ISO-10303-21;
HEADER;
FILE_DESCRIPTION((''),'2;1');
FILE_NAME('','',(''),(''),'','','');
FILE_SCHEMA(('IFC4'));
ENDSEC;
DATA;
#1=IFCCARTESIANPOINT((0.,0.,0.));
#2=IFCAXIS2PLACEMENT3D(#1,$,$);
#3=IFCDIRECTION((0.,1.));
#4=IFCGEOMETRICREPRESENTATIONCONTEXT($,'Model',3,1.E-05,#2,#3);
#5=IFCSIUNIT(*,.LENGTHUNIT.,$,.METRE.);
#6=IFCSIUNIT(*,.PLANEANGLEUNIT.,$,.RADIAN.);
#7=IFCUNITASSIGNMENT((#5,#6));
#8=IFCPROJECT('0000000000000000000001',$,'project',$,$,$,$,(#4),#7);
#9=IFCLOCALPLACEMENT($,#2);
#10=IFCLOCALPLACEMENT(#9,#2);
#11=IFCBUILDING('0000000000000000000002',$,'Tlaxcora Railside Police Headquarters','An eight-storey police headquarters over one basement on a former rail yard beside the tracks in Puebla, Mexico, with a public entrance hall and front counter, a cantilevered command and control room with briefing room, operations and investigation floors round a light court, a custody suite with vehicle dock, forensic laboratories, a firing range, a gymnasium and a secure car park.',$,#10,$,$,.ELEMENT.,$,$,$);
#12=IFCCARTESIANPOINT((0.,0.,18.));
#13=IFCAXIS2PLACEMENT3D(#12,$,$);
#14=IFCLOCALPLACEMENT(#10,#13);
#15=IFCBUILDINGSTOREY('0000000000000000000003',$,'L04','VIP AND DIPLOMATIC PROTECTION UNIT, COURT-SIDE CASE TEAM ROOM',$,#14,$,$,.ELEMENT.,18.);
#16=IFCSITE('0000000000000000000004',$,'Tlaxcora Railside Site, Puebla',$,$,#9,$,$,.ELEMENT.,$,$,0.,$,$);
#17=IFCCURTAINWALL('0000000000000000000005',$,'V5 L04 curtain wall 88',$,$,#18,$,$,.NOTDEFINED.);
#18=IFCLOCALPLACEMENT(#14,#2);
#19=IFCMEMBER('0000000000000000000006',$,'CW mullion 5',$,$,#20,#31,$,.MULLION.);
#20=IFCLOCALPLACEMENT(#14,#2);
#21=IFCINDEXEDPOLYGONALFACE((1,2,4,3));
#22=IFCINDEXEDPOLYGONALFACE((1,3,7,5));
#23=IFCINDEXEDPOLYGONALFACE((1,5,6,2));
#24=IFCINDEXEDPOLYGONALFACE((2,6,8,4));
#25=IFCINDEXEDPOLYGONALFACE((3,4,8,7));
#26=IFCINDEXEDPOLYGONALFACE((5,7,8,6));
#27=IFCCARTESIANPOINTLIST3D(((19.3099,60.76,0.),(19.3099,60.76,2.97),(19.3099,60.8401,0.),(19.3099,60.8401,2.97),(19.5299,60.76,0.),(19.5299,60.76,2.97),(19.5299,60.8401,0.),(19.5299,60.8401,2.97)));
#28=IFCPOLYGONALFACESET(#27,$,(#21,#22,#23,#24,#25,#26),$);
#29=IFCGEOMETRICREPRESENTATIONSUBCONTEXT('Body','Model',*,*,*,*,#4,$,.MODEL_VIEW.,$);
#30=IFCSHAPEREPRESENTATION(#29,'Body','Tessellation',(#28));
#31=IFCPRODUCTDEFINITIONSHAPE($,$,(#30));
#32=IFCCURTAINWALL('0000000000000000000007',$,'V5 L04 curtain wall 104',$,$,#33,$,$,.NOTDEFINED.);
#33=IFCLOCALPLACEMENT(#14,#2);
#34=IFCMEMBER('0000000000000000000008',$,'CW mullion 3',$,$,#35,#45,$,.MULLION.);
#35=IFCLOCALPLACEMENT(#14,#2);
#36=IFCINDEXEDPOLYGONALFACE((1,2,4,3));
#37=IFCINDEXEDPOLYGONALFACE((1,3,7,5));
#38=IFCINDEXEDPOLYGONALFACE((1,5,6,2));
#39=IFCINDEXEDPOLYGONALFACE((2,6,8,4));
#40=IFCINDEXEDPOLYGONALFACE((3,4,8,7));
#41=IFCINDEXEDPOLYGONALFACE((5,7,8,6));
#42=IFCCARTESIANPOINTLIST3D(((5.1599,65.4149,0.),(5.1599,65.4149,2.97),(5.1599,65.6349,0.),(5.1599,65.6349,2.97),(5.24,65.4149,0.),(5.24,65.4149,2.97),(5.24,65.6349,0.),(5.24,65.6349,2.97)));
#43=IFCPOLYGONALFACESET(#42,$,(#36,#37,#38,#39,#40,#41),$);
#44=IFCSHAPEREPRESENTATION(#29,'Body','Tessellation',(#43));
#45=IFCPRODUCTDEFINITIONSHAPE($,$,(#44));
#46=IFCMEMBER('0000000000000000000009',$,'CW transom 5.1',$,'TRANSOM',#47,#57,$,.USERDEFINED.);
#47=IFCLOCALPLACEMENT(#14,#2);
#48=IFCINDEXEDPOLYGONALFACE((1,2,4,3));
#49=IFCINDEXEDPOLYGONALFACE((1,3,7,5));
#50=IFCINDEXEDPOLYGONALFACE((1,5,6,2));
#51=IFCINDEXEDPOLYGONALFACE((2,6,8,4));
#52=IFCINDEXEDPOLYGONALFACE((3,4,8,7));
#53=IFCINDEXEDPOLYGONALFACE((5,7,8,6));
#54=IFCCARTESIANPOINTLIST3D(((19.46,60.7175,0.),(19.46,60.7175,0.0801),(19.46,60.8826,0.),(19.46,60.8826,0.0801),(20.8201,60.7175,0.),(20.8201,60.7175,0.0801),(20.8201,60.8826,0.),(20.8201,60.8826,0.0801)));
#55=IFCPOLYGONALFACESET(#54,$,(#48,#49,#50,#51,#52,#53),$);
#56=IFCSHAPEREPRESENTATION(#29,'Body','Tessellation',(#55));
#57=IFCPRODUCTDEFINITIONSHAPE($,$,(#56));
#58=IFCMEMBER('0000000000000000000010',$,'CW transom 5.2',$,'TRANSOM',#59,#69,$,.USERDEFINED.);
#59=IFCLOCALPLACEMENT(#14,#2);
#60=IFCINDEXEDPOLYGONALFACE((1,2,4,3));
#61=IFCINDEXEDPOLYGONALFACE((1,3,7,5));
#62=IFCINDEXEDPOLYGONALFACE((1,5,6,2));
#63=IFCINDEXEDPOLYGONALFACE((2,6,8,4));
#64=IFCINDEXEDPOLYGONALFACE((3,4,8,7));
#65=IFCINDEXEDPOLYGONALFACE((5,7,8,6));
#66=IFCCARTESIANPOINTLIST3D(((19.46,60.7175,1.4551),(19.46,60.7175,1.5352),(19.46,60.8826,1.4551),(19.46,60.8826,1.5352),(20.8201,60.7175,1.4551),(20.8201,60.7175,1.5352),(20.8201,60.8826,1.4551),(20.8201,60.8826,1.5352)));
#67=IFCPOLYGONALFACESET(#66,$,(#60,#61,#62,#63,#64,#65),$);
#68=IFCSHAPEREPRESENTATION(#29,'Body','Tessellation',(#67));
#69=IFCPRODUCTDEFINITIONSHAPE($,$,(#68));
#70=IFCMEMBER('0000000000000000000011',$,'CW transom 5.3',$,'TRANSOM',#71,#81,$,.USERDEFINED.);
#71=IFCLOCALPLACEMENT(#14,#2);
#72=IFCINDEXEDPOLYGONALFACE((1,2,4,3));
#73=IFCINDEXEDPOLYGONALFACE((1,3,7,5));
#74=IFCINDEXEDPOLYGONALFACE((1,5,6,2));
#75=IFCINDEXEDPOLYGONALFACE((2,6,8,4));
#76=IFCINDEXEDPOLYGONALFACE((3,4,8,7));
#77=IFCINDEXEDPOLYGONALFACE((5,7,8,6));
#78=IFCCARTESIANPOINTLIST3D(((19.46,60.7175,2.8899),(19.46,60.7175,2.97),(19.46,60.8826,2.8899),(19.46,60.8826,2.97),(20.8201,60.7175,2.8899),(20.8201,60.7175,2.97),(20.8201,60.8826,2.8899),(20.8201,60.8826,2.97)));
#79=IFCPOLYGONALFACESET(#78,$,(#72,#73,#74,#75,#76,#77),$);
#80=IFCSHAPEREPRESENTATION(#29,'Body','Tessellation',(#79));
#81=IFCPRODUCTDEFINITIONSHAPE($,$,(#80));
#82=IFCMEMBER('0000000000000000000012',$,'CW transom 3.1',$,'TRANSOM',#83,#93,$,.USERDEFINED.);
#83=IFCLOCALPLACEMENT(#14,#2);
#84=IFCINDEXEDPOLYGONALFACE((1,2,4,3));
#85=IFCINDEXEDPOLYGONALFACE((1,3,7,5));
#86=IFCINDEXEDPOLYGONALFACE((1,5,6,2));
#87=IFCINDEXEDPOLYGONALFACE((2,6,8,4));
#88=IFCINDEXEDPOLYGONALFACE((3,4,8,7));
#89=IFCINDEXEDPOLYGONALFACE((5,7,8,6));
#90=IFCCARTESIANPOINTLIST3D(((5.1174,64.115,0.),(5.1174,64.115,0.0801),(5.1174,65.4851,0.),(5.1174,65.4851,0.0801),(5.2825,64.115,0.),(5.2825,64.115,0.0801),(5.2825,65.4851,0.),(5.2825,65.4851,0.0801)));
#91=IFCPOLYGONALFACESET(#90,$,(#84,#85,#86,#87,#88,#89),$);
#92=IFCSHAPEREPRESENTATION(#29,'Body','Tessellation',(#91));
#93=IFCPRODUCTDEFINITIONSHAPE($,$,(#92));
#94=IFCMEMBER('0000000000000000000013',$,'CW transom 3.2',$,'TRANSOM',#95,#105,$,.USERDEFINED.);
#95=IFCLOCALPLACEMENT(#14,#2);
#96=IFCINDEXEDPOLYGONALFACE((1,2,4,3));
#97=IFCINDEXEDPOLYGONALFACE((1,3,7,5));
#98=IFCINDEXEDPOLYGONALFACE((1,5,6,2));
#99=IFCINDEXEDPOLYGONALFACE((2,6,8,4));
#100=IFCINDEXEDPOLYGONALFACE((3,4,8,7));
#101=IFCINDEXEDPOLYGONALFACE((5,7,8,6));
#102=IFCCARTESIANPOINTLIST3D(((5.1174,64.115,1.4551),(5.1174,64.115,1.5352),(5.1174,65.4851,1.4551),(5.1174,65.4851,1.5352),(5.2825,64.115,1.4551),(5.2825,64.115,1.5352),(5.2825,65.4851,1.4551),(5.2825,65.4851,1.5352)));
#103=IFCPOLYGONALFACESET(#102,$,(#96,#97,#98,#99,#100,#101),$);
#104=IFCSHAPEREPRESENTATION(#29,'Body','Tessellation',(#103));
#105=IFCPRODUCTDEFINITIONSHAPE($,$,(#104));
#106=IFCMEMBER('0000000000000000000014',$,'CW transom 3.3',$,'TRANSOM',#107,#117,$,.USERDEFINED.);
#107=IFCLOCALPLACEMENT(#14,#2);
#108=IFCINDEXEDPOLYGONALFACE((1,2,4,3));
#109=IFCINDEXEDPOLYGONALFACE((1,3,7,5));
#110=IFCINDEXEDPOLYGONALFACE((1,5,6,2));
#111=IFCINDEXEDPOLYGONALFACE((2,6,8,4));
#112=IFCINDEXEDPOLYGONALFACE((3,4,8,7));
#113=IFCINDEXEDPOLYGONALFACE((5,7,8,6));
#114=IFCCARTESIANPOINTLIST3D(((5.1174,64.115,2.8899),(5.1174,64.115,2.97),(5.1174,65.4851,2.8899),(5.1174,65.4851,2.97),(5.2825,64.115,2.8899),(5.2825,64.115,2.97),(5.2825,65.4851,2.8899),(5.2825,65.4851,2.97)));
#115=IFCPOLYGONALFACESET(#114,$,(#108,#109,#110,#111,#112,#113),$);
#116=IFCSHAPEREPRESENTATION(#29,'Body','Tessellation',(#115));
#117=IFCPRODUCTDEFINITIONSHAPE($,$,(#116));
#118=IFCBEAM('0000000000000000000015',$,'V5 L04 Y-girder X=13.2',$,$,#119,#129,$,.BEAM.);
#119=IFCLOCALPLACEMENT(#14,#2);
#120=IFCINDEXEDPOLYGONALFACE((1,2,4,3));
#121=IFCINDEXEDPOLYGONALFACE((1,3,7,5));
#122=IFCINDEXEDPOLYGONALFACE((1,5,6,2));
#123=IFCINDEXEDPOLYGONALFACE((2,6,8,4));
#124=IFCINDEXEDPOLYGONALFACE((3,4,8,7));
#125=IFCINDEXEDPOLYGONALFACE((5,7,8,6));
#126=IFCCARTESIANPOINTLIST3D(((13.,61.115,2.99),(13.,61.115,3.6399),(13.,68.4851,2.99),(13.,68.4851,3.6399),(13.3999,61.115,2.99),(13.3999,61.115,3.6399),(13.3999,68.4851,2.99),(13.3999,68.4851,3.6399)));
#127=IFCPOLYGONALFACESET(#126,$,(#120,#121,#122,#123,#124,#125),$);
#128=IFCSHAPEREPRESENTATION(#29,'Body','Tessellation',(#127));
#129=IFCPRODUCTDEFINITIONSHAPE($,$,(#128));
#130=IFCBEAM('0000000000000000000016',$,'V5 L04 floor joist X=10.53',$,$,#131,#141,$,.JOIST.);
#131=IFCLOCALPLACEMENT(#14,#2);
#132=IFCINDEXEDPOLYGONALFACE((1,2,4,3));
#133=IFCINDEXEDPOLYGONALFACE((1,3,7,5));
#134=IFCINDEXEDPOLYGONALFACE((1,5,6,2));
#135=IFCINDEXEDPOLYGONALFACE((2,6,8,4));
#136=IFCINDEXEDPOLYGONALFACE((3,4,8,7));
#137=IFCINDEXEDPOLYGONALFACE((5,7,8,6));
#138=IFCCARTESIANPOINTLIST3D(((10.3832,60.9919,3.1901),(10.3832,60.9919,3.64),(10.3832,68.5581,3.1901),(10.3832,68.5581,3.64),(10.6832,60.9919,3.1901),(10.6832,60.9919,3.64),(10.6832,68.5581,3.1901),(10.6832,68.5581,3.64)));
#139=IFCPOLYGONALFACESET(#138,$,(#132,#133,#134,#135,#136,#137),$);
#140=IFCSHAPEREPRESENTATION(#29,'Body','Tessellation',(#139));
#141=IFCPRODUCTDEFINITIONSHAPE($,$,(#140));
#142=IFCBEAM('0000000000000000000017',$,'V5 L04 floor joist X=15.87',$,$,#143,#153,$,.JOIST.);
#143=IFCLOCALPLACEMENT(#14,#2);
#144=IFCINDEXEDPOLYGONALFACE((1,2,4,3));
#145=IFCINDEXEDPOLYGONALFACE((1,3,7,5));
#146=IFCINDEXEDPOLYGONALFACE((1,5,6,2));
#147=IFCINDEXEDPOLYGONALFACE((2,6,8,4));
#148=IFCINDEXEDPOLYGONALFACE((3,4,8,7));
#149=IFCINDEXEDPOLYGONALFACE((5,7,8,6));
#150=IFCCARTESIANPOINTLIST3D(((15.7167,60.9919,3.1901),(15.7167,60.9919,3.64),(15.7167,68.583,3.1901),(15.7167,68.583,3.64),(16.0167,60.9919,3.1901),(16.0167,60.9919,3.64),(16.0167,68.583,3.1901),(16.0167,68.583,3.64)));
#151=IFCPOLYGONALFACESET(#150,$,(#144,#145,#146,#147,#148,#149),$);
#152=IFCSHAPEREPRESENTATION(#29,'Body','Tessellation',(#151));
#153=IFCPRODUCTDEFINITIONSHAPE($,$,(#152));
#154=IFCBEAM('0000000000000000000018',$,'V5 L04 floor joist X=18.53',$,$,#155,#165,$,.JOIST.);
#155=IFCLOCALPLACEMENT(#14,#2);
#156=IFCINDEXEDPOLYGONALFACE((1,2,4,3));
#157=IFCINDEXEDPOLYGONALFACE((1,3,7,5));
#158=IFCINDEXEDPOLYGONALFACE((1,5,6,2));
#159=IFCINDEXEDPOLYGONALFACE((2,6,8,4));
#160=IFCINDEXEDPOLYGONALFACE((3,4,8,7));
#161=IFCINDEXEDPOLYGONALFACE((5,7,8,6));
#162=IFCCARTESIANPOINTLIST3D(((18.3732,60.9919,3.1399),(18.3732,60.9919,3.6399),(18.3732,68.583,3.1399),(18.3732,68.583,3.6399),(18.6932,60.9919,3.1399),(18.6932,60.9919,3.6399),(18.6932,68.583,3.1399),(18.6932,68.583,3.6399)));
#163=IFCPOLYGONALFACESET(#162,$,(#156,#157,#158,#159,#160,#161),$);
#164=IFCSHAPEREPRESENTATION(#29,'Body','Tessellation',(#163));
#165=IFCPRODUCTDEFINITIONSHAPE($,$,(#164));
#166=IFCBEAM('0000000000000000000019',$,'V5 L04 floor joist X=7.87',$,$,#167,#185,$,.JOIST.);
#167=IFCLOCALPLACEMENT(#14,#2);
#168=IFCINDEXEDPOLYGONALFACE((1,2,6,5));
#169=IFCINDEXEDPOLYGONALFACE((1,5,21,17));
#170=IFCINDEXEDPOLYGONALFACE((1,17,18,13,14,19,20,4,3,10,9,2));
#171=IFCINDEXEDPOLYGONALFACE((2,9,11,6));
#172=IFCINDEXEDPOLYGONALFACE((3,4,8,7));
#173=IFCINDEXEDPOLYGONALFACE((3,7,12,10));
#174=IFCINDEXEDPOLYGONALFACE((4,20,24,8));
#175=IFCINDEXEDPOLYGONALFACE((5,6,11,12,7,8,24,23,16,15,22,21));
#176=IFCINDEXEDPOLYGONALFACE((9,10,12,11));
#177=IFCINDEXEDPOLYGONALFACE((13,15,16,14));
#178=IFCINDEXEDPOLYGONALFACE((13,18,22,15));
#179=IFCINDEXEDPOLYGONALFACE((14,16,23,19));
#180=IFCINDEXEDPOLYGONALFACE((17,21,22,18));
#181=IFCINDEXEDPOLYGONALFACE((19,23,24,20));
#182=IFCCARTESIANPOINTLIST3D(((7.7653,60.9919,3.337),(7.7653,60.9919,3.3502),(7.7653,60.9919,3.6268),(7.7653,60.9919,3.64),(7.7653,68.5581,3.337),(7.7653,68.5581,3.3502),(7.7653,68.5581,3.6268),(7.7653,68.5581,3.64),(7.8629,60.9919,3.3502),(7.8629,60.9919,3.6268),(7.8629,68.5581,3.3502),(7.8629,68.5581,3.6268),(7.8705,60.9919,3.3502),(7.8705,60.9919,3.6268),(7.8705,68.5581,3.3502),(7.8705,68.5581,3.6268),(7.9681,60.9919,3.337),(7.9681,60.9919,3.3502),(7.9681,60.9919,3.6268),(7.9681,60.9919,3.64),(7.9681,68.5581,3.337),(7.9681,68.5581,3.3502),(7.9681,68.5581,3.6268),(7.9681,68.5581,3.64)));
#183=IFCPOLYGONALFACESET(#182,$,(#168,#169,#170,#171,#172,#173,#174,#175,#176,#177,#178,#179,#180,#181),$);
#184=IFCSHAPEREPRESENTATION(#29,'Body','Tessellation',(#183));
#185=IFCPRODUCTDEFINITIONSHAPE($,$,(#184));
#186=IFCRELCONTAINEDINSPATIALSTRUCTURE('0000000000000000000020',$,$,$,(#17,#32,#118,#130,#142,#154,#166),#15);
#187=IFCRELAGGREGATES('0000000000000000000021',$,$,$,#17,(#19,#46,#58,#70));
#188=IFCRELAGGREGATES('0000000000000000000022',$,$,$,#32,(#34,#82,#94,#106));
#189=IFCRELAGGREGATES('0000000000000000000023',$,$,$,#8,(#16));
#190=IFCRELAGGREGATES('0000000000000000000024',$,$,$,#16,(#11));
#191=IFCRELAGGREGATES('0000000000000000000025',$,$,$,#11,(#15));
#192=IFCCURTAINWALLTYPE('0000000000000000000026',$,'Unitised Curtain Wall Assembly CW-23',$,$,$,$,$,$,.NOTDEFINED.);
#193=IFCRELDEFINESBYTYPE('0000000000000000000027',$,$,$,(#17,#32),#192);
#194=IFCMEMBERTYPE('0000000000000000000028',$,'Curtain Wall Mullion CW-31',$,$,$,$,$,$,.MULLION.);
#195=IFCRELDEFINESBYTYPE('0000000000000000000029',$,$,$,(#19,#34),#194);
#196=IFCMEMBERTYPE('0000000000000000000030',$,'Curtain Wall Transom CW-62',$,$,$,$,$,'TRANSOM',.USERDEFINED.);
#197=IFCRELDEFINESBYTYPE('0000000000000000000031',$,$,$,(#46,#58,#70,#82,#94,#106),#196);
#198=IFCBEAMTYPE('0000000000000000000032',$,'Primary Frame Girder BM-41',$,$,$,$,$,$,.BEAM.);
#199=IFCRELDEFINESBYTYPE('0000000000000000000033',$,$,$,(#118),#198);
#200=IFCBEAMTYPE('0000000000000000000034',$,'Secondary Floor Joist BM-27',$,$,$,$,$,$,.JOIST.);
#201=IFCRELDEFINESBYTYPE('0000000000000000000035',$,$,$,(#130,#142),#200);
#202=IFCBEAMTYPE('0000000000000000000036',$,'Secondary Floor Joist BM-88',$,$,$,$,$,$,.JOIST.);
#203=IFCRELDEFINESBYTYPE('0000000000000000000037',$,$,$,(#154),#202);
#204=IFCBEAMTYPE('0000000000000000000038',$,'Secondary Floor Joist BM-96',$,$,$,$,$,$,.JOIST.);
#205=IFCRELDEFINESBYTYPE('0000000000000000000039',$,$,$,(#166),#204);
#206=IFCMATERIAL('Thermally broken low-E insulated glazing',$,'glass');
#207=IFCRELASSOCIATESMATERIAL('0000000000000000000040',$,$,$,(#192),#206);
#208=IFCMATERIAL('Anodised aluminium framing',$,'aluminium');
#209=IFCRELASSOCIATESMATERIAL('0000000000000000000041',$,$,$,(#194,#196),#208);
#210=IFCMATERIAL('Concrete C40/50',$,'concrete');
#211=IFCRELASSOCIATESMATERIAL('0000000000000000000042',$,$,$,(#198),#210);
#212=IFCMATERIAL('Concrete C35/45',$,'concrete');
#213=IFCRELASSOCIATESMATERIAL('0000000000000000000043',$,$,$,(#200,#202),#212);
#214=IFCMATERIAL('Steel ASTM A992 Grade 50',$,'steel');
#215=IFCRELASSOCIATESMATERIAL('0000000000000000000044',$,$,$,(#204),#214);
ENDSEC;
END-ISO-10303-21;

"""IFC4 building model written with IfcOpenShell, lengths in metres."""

from ifc_helpers import new_model, si_unit, direction, frame, origin, origin_2d, place, context, subcontext, project, spatial, rectangle, i_section, extrude, material, material_profile, profile_set, type_object, element, aggregate, save


model = new_model("IFC4")

# Units and contexts
model_context = context("Model", 3, precision=1e-05, world=origin(), true_north=direction((0.0, 1.0)))
body_context = subcontext(model_context, "Body", "Model", "MODEL_VIEW")
ifc_project = project(units=[si_unit("LENGTHUNIT", "METRE"), si_unit("PLANEANGLEUNIT", "RADIAN")], contexts=[model_context])

# Site, building, storey
site_placement = place(None, origin())
site = spatial("IfcSite", under=ifc_project, at=site_placement, Name="Tlaxcora Railside Site, Puebla", CompositionType="ELEMENT", RefElevation=0.0)
building_placement = place(site_placement, origin())
building = spatial("IfcBuilding", under=site, at=building_placement, Name="Tlaxcora Railside Police Headquarters", Description="An eight-storey police headquarters over one basement on a former rail yard beside the tracks in Puebla, Mexico, with a public entrance hall and front counter, a cantilevered command and control room with briefing room, operations and investigation floors round a light court, a custody suite with vehicle dock, forensic laboratories, a firing range, a gymnasium and a secure car park.", CompositionType="ELEMENT")
storey_placement = place(building_placement, frame((0.0, 0.0, 18.0)))
storey = spatial("IfcBuildingStorey", under=building, at=storey_placement, Name="L04", Description="VIP AND DIPLOMATIC PROTECTION UNIT, COURT-SIDE CASE TEAM ROOM", CompositionType="ELEMENT", Elevation=18.0)

# Curtain walls, members
ifc_material_1 = material(Name="Thermally broken low-E insulated glazing", Category="glass")
curtain_wall_type = type_object("IfcCurtainWallType", Name="Unitised Curtain Wall Assembly CW-23", PredefinedType="NOTDEFINED", material=ifc_material_1)
curtain_wall_1_placement = place(storey_placement, origin())
curtain_wall_1 = element("IfcCurtainWall", 1, at=curtain_wall_1_placement, inside=storey, type_object=curtain_wall_type, Name="V5 L04 curtain wall 88", PredefinedType="NOTDEFINED")
ifc_material_2 = material(Name="Anodised aluminium framing", Category="aluminium")
ifc_material_profile_1 = material_profile(ifc_material_2, rectangle(XDim=0.0801, YDim=0.22, at=origin_2d()), Name="AL80X220")
ifc_profile_set_1 = profile_set([ifc_material_profile_1], Name="Anodised aluminium framing")
member_type_1 = type_object("IfcMemberType", Name="Curtain Wall Mullion CW-31", PredefinedType="MULLION", material=ifc_profile_set_1)
member_1_placement = place(storey_placement, frame((19.4199, 60.8, 0.0), z_axis=(0.0, 0.0, 1.0), x_axis=(0.0, 1.0, 0.0)))
member_1 = element("IfcMember", 2, at=member_1_placement, type_object=member_type_1, Name="CW mullion 5", PredefinedType="MULLION", context=body_context, shape_type="SweptSolid", body=[
    extrude(rectangle(XDim=0.0801, YDim=0.22, at=origin_2d()), origin(), (0.0, 0.0, 1.0), 2.97),
])
curtain_wall_2_placement = place(storey_placement, origin())
curtain_wall_2 = element("IfcCurtainWall", 3, at=curtain_wall_2_placement, inside=storey, type_object=curtain_wall_type, Name="V5 L04 curtain wall 104", PredefinedType="NOTDEFINED")
member_2_placement = place(storey_placement, frame((5.2, 65.5249, 0.0), z_axis=(0.0, 0.0, 1.0), x_axis=(1.0, 0.0, 0.0)))
member_2 = element("IfcMember", 4, at=member_2_placement, type_object=member_type_1, Name="CW mullion 3", PredefinedType="MULLION", context=body_context, shape_type="SweptSolid", body=[
    extrude(rectangle(XDim=0.0801, YDim=0.22, at=origin_2d()), origin(), (0.0, 0.0, 1.0), 2.97),
])

# Members
ifc_material_profile_2 = material_profile(ifc_material_2, rectangle(XDim=0.165, YDim=0.0801, at=origin_2d()), Name="AL80X165")
ifc_profile_set_2 = profile_set([ifc_material_profile_2], Name="Anodised aluminium framing")
member_type_2 = type_object("IfcMemberType", Name="Curtain Wall Transom CW-62", ElementType="TRANSOM", PredefinedType="USERDEFINED", material=ifc_profile_set_2)
member_3_placement = place(storey_placement, frame((19.46, 60.8, 0.04), z_axis=(1.0, 0.0, 0.0), x_axis=(0.0, 1.0, 0.0)))
member_3 = element("IfcMember", 5, at=member_3_placement, type_object=member_type_2, Name="CW transom 5.1", ObjectType="TRANSOM", PredefinedType="USERDEFINED", context=body_context, shape_type="SweptSolid", body=[
    extrude(rectangle(XDim=0.165, YDim=0.0801, at=origin_2d()), origin(), (0.0, 0.0, 1.0), 1.3601),
])
member_4_placement = place(storey_placement, frame((19.46, 60.8, 1.4951), z_axis=(1.0, 0.0, 0.0), x_axis=(0.0, 1.0, 0.0)))
member_4 = element("IfcMember", 6, at=member_4_placement, type_object=member_type_2, Name="CW transom 5.2", ObjectType="TRANSOM", PredefinedType="USERDEFINED", context=body_context, shape_type="SweptSolid", body=[
    extrude(rectangle(XDim=0.165, YDim=0.0801, at=origin_2d()), origin(), (0.0, 0.0, 1.0), 1.3601),
])
member_5_placement = place(storey_placement, frame((19.46, 60.8, 2.9299), z_axis=(1.0, 0.0, 0.0), x_axis=(0.0, 1.0, 0.0)))
member_5 = element("IfcMember", 7, at=member_5_placement, type_object=member_type_2, Name="CW transom 5.3", ObjectType="TRANSOM", PredefinedType="USERDEFINED", context=body_context, shape_type="SweptSolid", body=[
    extrude(rectangle(XDim=0.165, YDim=0.0801, at=origin_2d()), origin(), (0.0, 0.0, 1.0), 1.3601),
])
member_6_placement = place(storey_placement, frame((5.2, 65.4851, 0.04), z_axis=(0.0, -1.0, 0.0), x_axis=(1.0, 0.0, 0.0)))
member_6 = element("IfcMember", 8, at=member_6_placement, type_object=member_type_2, Name="CW transom 3.1", ObjectType="TRANSOM", PredefinedType="USERDEFINED", context=body_context, shape_type="SweptSolid", body=[
    extrude(rectangle(XDim=0.165, YDim=0.0801, at=origin_2d()), origin(), (0.0, 0.0, 1.0), 1.3701),
])
member_7_placement = place(storey_placement, frame((5.2, 65.4851, 1.4951), z_axis=(0.0, -1.0, 0.0), x_axis=(1.0, 0.0, 0.0)))
member_7 = element("IfcMember", 9, at=member_7_placement, type_object=member_type_2, Name="CW transom 3.2", ObjectType="TRANSOM", PredefinedType="USERDEFINED", context=body_context, shape_type="SweptSolid", body=[
    extrude(rectangle(XDim=0.165, YDim=0.0801, at=origin_2d()), origin(), (0.0, 0.0, 1.0), 1.3701),
])
member_8_placement = place(storey_placement, frame((5.2, 65.4851, 2.9299), z_axis=(0.0, -1.0, 0.0), x_axis=(1.0, 0.0, 0.0)))
member_8 = element("IfcMember", 10, at=member_8_placement, type_object=member_type_2, Name="CW transom 3.3", ObjectType="TRANSOM", PredefinedType="USERDEFINED", context=body_context, shape_type="SweptSolid", body=[
    extrude(rectangle(XDim=0.165, YDim=0.0801, at=origin_2d()), origin(), (0.0, 0.0, 1.0), 1.3701),
])

# Beams
ifc_material_3 = material(Name="Concrete C40/50", Category="concrete")
ifc_material_profile_3 = material_profile(ifc_material_3, rectangle(XDim=0.3999, YDim=0.6499, at=origin_2d()), Name="RC400X650")
ifc_profile_set_3 = profile_set([ifc_material_profile_3], Name="Concrete C40/50")
beam_type_1 = type_object("IfcBeamType", Name="Primary Frame Girder BM-41", PredefinedType="BEAM", material=ifc_profile_set_3)
beam_1_placement = place(storey_placement, frame((13.2, 61.115, 3.3149), z_axis=(0.0, 1.0, 0.0), x_axis=(-1.0, 0.0, 0.0)))
element("IfcBeam", 11, at=beam_1_placement, inside=storey, type_object=beam_type_1, Name="V5 L04 Y-girder X=13.2", PredefinedType="BEAM", context=body_context, shape_type="SweptSolid", body=[
    extrude(rectangle(XDim=0.3999, YDim=0.6499, at=origin_2d()), origin(), (0.0, 0.0, 1.0), 7.3701),
])
ifc_material_4 = material(Name="Concrete C35/45", Category="concrete")
ifc_material_profile_4 = material_profile(ifc_material_4, rectangle(XDim=0.3, YDim=0.45, at=origin_2d()), Name="RC300X450")
ifc_profile_set_4 = profile_set([ifc_material_profile_4], Name="Concrete C35/45")
beam_type_2 = type_object("IfcBeamType", Name="Secondary Floor Joist BM-27", PredefinedType="JOIST", material=ifc_profile_set_4)
beam_2_placement = place(storey_placement, frame((10.5332, 60.9919, 3.415), z_axis=(0.0, 1.0, 0.0), x_axis=(-1.0, 0.0, 0.0)))
element("IfcBeam", 12, at=beam_2_placement, inside=storey, type_object=beam_type_2, Name="V5 L04 floor joist X=10.53", PredefinedType="JOIST", context=body_context, shape_type="SweptSolid", body=[
    extrude(rectangle(XDim=0.3, YDim=0.45, at=origin_2d()), origin(), (0.0, 0.0, 1.0), 7.5662),
])
beam_3_placement = place(storey_placement, frame((15.8667, 60.9919, 3.415), z_axis=(0.0, 1.0, 0.0), x_axis=(-1.0, 0.0, 0.0)))
element("IfcBeam", 13, at=beam_3_placement, inside=storey, type_object=beam_type_2, Name="V5 L04 floor joist X=15.87", PredefinedType="JOIST", context=body_context, shape_type="SweptSolid", body=[
    extrude(rectangle(XDim=0.3, YDim=0.45, at=origin_2d()), origin(), (0.0, 0.0, 1.0), 7.5911),
])
ifc_material_profile_5 = material_profile(ifc_material_4, rectangle(XDim=0.3201, YDim=0.5, at=origin_2d()), Name="RC320X500")
ifc_profile_set_5 = profile_set([ifc_material_profile_5], Name="Concrete C35/45")
beam_type_3 = type_object("IfcBeamType", Name="Secondary Floor Joist BM-88", PredefinedType="JOIST", material=ifc_profile_set_5)
beam_4_placement = place(storey_placement, frame((18.5332, 60.9919, 3.3899), z_axis=(0.0, 1.0, 0.0), x_axis=(-1.0, 0.0, 0.0)))
element("IfcBeam", 14, at=beam_4_placement, inside=storey, type_object=beam_type_3, Name="V5 L04 floor joist X=18.53", PredefinedType="JOIST", context=body_context, shape_type="SweptSolid", body=[
    extrude(rectangle(XDim=0.3201, YDim=0.5, at=origin_2d()), origin(), (0.0, 0.0, 1.0), 7.5911),
])
ifc_material_5 = material(Name="Steel ASTM A992 Grade 50", Category="steel")
ifc_material_profile_6 = material_profile(ifc_material_5, i_section(OverallWidth=0.2029, OverallDepth=0.303, WebThickness=0.0076, FlangeThickness=0.0132, at=origin_2d()), Name="W12X40")
ifc_profile_set_6 = profile_set([ifc_material_profile_6], Name="Steel ASTM A992 Grade 50")
beam_type_4 = type_object("IfcBeamType", Name="Secondary Floor Joist BM-96", PredefinedType="JOIST", material=ifc_profile_set_6)
beam_5_placement = place(storey_placement, frame((7.8667, 60.9919, 3.4885), z_axis=(0.0, 1.0, 0.0), x_axis=(-1.0, 0.0, 0.0)))
element("IfcBeam", 15, at=beam_5_placement, inside=storey, type_object=beam_type_4, Name="V5 L04 floor joist X=7.87", PredefinedType="JOIST", context=body_context, shape_type="SweptSolid", body=[
    extrude(i_section(OverallWidth=0.2029, OverallDepth=0.303, WebThickness=0.0076, FlangeThickness=0.0132, at=origin_2d()), origin(), (0.0, 0.0, 1.0), 7.5662),
])

aggregate(curtain_wall_1, [member_1, member_3, member_4, member_5])
aggregate(curtain_wall_2, [member_2, member_6, member_7, member_8])

save(model, "model.ifc")
